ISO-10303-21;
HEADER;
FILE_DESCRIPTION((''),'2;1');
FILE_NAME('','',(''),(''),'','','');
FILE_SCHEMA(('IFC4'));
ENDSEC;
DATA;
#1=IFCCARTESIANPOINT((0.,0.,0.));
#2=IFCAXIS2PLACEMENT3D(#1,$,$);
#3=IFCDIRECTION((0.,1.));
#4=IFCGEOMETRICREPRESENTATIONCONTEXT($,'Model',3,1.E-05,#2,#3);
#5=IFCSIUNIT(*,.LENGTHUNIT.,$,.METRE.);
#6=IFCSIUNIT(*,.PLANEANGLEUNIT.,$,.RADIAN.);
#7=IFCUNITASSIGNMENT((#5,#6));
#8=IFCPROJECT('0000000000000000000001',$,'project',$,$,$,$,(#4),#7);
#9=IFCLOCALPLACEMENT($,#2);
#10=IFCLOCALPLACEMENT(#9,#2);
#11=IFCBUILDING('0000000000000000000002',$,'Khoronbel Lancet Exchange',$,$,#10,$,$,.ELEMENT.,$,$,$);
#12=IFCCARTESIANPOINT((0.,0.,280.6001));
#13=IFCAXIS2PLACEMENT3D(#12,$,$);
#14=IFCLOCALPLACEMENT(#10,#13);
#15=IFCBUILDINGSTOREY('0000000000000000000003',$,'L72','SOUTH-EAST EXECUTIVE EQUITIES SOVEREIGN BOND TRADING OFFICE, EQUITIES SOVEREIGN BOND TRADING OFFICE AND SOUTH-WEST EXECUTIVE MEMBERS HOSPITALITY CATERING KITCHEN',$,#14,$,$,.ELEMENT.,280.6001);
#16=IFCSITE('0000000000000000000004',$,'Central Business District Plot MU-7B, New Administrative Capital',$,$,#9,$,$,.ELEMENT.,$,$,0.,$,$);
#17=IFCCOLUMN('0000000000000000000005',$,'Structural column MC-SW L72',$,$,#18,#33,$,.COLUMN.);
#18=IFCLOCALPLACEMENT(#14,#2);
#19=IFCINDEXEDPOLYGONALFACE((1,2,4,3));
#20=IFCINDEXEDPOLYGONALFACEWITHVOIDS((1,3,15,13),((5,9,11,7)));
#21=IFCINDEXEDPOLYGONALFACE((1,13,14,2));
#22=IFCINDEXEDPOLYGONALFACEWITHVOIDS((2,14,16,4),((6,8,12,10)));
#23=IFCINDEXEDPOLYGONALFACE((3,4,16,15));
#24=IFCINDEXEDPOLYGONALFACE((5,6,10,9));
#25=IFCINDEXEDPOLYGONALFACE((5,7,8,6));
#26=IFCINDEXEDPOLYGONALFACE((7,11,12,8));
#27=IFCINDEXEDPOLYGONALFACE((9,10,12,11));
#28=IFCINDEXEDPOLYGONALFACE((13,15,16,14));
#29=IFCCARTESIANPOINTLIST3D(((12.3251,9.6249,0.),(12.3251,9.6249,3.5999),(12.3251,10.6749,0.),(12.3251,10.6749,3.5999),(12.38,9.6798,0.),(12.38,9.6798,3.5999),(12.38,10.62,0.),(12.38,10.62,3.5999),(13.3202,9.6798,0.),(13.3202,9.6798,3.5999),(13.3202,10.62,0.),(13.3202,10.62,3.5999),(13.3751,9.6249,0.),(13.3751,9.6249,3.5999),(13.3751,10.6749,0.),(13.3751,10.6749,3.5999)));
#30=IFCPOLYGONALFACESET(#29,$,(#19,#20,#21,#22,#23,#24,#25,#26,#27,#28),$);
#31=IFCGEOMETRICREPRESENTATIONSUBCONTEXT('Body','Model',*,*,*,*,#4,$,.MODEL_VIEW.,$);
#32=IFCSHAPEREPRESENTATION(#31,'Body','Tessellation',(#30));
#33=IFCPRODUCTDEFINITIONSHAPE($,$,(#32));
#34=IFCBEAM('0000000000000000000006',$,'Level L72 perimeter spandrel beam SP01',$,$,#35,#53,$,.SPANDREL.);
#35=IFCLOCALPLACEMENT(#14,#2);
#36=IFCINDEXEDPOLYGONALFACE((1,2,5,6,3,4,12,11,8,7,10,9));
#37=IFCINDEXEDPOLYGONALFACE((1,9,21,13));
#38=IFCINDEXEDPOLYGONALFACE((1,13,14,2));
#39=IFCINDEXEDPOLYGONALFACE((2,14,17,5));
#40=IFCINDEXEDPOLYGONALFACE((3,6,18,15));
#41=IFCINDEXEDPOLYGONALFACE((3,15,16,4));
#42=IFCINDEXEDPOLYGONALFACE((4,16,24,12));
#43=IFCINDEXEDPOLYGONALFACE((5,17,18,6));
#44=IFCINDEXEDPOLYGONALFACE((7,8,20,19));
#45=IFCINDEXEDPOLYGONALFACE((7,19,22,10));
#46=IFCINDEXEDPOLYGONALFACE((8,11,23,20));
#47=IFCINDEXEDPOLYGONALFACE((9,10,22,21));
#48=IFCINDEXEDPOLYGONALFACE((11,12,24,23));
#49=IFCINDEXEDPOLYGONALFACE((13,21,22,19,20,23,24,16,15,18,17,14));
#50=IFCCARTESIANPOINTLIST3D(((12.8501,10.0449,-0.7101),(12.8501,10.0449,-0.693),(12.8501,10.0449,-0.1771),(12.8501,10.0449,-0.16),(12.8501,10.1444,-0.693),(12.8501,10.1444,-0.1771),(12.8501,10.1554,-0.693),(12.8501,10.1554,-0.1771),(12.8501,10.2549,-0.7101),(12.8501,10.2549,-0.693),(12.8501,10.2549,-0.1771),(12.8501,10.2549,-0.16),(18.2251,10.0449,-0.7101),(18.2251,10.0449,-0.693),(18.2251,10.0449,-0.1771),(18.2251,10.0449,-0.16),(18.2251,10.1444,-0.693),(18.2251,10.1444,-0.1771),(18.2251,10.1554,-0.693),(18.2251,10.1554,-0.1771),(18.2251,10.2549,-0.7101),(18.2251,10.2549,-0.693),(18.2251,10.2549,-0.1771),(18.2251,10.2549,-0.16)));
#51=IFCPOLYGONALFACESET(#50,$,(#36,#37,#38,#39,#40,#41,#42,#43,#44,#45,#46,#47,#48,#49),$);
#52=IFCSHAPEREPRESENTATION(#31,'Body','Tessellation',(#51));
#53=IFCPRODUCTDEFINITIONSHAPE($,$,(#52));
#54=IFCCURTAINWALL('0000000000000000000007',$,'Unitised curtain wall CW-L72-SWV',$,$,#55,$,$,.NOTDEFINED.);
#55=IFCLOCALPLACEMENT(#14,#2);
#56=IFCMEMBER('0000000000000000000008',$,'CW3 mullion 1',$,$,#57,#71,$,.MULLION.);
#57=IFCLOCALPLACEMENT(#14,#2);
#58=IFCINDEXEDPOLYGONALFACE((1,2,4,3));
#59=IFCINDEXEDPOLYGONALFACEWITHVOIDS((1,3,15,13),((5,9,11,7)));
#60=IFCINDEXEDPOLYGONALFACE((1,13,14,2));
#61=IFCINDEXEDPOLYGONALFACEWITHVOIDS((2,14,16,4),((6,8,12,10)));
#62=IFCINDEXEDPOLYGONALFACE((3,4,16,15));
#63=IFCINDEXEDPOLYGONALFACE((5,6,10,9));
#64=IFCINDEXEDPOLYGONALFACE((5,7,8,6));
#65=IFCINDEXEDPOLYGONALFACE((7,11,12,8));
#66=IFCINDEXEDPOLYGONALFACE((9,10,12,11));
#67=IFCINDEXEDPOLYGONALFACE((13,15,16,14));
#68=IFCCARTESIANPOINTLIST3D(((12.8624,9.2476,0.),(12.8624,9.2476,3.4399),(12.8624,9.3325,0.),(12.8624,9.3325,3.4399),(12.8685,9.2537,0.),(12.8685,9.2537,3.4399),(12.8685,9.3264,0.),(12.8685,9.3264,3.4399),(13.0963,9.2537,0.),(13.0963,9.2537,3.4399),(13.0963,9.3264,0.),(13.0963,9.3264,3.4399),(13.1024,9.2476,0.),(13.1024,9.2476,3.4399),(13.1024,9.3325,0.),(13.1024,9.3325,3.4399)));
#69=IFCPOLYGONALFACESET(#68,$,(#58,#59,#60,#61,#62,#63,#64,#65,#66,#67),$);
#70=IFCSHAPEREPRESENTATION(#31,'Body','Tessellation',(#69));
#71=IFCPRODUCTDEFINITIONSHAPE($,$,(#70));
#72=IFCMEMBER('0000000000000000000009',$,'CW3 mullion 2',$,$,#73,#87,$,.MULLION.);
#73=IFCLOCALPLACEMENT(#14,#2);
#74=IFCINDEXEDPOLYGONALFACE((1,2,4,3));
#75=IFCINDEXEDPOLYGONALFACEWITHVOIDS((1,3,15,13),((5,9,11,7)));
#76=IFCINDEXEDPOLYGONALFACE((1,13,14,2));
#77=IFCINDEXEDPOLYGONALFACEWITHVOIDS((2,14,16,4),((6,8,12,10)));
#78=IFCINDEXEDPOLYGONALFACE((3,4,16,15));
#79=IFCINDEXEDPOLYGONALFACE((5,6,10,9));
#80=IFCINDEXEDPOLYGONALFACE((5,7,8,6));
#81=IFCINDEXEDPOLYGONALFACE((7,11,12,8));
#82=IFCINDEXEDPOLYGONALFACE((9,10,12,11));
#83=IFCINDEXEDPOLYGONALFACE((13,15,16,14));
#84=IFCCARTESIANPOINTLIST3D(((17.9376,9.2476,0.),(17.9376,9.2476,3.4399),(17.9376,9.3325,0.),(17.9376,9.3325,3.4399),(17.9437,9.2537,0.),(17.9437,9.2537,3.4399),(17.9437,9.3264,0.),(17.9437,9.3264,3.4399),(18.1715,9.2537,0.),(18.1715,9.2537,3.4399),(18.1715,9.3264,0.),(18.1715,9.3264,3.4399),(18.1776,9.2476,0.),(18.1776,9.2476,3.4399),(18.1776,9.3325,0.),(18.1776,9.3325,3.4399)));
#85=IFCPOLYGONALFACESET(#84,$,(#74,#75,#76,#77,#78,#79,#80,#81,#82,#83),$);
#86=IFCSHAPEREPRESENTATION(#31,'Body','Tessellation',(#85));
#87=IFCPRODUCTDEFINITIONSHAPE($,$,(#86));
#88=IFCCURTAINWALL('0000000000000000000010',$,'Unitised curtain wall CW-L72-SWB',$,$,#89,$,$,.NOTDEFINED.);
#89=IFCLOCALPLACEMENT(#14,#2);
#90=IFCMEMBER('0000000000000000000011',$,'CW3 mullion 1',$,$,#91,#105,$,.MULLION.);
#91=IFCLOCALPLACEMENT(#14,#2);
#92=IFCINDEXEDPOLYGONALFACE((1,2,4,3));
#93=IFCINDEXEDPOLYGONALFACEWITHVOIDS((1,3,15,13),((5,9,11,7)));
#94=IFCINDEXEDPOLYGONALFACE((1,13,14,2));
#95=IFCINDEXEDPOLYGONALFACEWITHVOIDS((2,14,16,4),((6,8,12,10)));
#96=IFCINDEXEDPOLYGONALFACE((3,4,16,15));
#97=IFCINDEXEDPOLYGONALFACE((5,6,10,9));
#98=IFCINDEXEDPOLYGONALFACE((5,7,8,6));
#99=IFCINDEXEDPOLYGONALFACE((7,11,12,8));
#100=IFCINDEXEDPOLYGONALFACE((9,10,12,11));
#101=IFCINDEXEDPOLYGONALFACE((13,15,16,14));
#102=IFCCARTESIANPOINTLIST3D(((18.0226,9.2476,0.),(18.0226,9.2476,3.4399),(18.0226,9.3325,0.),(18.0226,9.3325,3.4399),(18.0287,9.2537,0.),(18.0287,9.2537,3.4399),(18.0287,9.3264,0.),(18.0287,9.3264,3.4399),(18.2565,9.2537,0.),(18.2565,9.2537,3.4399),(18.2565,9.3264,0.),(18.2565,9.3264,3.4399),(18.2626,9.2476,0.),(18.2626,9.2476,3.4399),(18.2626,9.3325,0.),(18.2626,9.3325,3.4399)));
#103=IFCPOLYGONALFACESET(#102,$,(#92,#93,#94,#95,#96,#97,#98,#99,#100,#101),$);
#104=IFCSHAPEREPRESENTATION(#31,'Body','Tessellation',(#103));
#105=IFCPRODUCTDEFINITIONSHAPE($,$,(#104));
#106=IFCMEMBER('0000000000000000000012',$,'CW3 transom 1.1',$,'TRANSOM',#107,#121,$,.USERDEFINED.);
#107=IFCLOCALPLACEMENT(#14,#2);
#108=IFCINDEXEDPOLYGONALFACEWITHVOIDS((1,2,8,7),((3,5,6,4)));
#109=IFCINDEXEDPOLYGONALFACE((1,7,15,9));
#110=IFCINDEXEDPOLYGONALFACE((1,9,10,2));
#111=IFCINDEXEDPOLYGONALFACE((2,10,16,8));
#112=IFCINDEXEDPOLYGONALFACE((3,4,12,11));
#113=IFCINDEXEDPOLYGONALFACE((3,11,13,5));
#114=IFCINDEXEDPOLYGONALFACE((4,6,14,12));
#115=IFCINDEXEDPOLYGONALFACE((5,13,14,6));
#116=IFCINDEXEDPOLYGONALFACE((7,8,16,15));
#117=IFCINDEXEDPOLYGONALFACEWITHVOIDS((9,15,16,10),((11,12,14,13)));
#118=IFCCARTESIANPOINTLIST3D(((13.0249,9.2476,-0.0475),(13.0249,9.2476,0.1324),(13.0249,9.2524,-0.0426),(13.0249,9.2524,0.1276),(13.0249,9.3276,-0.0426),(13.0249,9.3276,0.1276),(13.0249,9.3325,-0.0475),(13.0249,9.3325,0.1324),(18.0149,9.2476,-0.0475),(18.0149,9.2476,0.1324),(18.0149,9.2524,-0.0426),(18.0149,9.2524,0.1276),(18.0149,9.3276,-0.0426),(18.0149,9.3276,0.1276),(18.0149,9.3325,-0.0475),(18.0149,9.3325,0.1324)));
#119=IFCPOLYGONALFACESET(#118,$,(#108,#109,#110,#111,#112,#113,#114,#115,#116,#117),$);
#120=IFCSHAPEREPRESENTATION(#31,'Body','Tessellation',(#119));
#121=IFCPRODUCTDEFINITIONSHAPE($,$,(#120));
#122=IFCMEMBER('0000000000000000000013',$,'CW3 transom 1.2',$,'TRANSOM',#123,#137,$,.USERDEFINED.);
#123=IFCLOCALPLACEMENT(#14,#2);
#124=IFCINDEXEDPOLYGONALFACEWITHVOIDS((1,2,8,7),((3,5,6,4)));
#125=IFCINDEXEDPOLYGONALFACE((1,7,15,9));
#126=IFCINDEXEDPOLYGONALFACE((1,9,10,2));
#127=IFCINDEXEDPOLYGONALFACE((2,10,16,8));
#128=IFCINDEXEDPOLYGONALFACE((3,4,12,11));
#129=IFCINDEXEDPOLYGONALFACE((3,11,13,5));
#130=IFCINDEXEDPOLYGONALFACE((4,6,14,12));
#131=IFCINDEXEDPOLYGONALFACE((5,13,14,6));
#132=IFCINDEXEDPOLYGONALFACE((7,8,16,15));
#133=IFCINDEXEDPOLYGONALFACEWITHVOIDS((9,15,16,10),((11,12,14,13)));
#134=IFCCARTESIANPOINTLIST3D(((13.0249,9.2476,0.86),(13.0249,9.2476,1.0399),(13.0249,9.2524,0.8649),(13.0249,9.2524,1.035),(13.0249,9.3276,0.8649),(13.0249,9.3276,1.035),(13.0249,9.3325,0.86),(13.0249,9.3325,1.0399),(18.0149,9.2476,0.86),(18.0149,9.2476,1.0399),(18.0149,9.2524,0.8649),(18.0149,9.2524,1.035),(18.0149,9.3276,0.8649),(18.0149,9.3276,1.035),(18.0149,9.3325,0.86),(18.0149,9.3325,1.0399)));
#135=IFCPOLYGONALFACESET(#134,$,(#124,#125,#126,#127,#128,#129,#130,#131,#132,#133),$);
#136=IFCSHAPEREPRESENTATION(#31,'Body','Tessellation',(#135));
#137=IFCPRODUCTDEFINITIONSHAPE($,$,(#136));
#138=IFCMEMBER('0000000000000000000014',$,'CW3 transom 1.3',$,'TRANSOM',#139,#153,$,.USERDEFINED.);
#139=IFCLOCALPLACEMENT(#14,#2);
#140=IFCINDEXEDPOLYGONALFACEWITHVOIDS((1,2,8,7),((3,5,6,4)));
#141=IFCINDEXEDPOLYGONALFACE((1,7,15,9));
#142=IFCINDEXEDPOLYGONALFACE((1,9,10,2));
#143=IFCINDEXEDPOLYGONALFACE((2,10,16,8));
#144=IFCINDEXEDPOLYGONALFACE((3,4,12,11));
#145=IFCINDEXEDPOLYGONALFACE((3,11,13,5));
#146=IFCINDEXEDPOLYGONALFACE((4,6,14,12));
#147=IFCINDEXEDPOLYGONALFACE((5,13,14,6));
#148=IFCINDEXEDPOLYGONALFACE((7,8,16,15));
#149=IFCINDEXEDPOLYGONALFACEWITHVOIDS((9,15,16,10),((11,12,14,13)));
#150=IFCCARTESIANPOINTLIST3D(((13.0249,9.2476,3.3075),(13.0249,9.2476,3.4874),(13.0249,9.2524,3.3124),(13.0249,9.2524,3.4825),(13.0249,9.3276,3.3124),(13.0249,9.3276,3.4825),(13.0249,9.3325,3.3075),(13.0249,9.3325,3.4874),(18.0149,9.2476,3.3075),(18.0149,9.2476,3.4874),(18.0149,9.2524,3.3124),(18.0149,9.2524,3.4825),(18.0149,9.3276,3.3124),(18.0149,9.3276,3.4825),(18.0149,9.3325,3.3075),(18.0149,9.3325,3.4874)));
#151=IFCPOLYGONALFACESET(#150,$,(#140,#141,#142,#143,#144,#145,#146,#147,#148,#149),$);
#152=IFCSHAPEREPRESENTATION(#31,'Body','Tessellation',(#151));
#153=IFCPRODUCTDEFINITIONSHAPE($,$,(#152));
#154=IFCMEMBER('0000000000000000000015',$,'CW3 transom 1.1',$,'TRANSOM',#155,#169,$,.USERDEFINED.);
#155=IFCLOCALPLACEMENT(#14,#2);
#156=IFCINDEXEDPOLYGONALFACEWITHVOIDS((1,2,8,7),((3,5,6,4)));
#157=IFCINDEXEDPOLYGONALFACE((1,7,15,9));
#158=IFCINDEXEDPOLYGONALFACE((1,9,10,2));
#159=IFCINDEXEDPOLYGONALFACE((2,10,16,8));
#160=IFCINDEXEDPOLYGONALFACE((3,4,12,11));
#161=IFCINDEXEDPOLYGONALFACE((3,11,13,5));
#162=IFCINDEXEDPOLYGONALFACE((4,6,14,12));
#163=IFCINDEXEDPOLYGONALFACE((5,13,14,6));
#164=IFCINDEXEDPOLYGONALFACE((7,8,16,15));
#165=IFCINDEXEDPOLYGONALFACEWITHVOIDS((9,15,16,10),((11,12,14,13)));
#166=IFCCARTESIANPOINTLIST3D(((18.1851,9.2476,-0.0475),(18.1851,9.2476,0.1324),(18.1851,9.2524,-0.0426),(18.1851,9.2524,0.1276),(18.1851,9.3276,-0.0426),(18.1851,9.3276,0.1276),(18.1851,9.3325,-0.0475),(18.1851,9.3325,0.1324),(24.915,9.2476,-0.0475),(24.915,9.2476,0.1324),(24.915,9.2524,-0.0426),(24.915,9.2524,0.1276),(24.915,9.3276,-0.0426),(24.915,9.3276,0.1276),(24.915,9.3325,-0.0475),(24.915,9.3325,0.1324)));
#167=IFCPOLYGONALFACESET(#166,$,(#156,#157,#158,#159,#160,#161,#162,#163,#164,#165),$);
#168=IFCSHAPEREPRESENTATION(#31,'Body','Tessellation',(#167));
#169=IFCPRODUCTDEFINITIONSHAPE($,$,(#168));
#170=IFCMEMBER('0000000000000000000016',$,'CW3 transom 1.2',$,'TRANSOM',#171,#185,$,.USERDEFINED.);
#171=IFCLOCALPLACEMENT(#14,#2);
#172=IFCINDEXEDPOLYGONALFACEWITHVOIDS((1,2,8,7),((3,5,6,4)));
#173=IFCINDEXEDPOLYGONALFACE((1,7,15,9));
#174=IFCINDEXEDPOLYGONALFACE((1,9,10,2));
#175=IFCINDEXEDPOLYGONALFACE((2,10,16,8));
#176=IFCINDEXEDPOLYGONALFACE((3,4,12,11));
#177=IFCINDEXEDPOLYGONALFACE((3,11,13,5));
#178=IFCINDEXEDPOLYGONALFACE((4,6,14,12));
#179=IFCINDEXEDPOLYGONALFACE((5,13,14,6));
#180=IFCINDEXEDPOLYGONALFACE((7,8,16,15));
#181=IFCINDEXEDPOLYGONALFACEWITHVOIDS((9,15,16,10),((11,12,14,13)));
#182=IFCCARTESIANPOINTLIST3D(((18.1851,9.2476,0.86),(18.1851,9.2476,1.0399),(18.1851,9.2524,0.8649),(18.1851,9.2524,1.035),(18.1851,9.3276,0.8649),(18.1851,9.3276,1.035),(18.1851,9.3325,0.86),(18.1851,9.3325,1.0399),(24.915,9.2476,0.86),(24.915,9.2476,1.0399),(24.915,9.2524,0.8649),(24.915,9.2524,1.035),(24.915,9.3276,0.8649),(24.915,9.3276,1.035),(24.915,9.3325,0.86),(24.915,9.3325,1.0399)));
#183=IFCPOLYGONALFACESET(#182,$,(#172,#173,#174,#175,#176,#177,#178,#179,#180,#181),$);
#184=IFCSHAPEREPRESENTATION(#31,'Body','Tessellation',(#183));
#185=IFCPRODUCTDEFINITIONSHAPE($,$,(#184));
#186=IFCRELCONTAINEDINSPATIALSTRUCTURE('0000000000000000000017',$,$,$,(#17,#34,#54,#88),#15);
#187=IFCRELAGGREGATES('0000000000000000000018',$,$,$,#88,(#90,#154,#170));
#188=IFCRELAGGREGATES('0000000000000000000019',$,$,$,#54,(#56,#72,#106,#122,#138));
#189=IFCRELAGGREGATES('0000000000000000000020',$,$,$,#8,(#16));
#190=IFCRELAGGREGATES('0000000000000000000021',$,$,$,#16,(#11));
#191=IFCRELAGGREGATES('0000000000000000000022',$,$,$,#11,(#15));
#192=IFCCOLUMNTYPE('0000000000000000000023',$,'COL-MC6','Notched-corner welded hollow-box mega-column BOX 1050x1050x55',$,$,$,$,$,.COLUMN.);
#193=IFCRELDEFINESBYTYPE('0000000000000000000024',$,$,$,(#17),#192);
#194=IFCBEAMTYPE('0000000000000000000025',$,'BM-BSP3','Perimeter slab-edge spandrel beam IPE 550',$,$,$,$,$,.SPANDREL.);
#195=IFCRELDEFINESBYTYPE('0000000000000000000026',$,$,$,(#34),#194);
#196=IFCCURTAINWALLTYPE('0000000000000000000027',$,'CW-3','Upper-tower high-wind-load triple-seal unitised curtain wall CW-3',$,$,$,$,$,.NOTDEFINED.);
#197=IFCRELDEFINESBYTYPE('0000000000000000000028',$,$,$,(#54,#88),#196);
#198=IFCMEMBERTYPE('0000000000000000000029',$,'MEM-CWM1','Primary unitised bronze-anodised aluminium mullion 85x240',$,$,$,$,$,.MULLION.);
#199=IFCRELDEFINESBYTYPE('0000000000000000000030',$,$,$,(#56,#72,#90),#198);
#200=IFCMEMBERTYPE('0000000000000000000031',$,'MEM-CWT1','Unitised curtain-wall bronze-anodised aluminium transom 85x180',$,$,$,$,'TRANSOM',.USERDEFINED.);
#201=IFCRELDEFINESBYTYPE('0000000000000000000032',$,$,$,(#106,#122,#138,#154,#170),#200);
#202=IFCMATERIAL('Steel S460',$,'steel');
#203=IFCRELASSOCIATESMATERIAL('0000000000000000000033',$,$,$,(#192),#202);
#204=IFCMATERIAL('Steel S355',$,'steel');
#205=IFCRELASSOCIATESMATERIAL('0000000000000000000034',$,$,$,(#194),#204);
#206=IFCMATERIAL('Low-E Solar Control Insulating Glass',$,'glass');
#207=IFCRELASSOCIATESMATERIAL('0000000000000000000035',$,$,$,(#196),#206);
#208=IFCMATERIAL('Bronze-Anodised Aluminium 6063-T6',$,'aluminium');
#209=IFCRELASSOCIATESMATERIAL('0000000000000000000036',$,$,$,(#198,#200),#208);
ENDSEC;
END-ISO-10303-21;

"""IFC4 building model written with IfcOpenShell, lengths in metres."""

from ifc_helpers import new_model, si_unit, direction, frame, origin, origin_2d, place, context, subcontext, project, spatial, hollow_rectangle, i_section, extrude, material, material_profile, profile_set, type_object, element, aggregate, save


model = new_model("IFC4")

# Units and contexts
model_context = context("Model", 3, precision=1e-05, world=origin(), true_north=direction((0.0, 1.0)))
body_context = subcontext(model_context, "Body", "Model", "MODEL_VIEW")
ifc_project = project(units=[si_unit("LENGTHUNIT", "METRE"), si_unit("PLANEANGLEUNIT", "RADIAN")], contexts=[model_context])

# Site, building, storey
site_placement = place(None, origin())
site = spatial("IfcSite", under=ifc_project, at=site_placement, Name="Central Business District Plot MU-7B, New Administrative Capital", CompositionType="ELEMENT", RefElevation=0.0)
building_placement = place(site_placement, origin())
building = spatial("IfcBuilding", under=site, at=building_placement, Name="Khoronbel Lancet Exchange", CompositionType="ELEMENT")
storey_placement = place(building_placement, frame((0.0, 0.0, 280.6001)))
storey = spatial("IfcBuildingStorey", under=building, at=storey_placement, Name="L72", Description="SOUTH-EAST EXECUTIVE EQUITIES SOVEREIGN BOND TRADING OFFICE, EQUITIES SOVEREIGN BOND TRADING OFFICE AND SOUTH-WEST EXECUTIVE MEMBERS HOSPITALITY CATERING KITCHEN", CompositionType="ELEMENT", Elevation=280.6001)

# Column
ifc_material_1 = material(Name="Steel S460", Category="steel")
ifc_material_profile_1 = material_profile(ifc_material_1, hollow_rectangle(XDim=1.05, YDim=1.05, WallThickness=0.0549, at=origin_2d()), Name="BOX 1050x1050x55")
ifc_profile_set_1 = profile_set([ifc_material_profile_1], Name="Steel S460")
column_type = type_object("IfcColumnType", Name="COL-MC6", Description="Notched-corner welded hollow-box mega-column BOX 1050x1050x55", PredefinedType="COLUMN", material=ifc_profile_set_1)
column_placement = place(storey_placement, frame((12.8501, 10.1499, 0.0), z_axis=(0.0, 0.0, 1.0), x_axis=(1.0, 0.0, 0.0)))
element("IfcColumn", 1, at=column_placement, inside=storey, type_object=column_type, Name="Structural column MC-SW L72", PredefinedType="COLUMN", context=body_context, shape_type="SweptSolid", body=[
    extrude(hollow_rectangle(XDim=1.05, YDim=1.05, WallThickness=0.0549, at=origin_2d()), origin(), (0.0, 0.0, 1.0), 3.5999),
])

# Beam
ifc_material_2 = material(Name="Steel S355", Category="steel")
ifc_material_profile_2 = material_profile(ifc_material_2, i_section(OverallWidth=0.21, OverallDepth=0.55, WebThickness=0.011, FlangeThickness=0.0171, at=origin_2d()), Name="IPE 550")
ifc_profile_set_2 = profile_set([ifc_material_profile_2], Name="Steel S355")
beam_type = type_object("IfcBeamType", Name="BM-BSP3", Description="Perimeter slab-edge spandrel beam IPE 550", PredefinedType="SPANDREL", material=ifc_profile_set_2)
beam_placement = place(storey_placement, frame((12.8501, 10.1499, -0.4351), z_axis=(1.0, 0.0, 0.0), x_axis=(0.0, 1.0, 0.0)))
element("IfcBeam", 2, at=beam_placement, inside=storey, type_object=beam_type, Name="Level L72 perimeter spandrel beam SP01", PredefinedType="SPANDREL", context=body_context, shape_type="SweptSolid", body=[
    extrude(i_section(OverallWidth=0.21, OverallDepth=0.55, WebThickness=0.011, FlangeThickness=0.0171, at=origin_2d()), origin(), (0.0, 0.0, 1.0), 5.375),
])

# Curtain wall, members
ifc_material_3 = material(Name="Low-E Solar Control Insulating Glass", Category="glass")
curtain_wall_type = type_object("IfcCurtainWallType", Name="CW-3", Description="Upper-tower high-wind-load triple-seal unitised curtain wall CW-3", PredefinedType="NOTDEFINED", material=ifc_material_3)
curtain_wall_1_placement = place(storey_placement, origin())
curtain_wall_1 = element("IfcCurtainWall", 3, at=curtain_wall_1_placement, inside=storey, type_object=curtain_wall_type, Name="Unitised curtain wall CW-L72-SWV", PredefinedType="NOTDEFINED")
ifc_material_4 = material(Name="Bronze-Anodised Aluminium 6063-T6", Category="aluminium")
ifc_material_profile_3 = material_profile(ifc_material_4, hollow_rectangle(XDim=0.085, YDim=0.24, WallThickness=0.0061, at=origin_2d()), Name="ALU MULLION 85x240")
ifc_profile_set_3 = profile_set([ifc_material_profile_3], Name="Bronze-Anodised Aluminium 6063-T6")
member_type_1 = type_object("IfcMemberType", Name="MEM-CWM1", Description="Primary unitised bronze-anodised aluminium mullion 85x240", PredefinedType="MULLION", material=ifc_profile_set_3)
member_1_placement = place(storey_placement, frame((12.9824, 9.29, 0.0), z_axis=(0.0, 0.0, 1.0), x_axis=(0.0, 1.0, 0.0)))
member_1 = element("IfcMember", 4, at=member_1_placement, type_object=member_type_1, Name="CW3 mullion 1", PredefinedType="MULLION", context=body_context, shape_type="SweptSolid", body=[
    extrude(hollow_rectangle(XDim=0.085, YDim=0.24, WallThickness=0.0061, at=origin_2d()), origin(), (0.0, 0.0, 1.0), 3.4399),
])
member_2_placement = place(storey_placement, frame((18.0576, 9.29, 0.0), z_axis=(0.0, 0.0, 1.0), x_axis=(0.0, 1.0, 0.0)))
member_2 = element("IfcMember", 5, at=member_2_placement, type_object=member_type_1, Name="CW3 mullion 2", PredefinedType="MULLION", context=body_context, shape_type="SweptSolid", body=[
    extrude(hollow_rectangle(XDim=0.085, YDim=0.24, WallThickness=0.0061, at=origin_2d()), origin(), (0.0, 0.0, 1.0), 3.4399),
])

# Curtain wall, member
curtain_wall_2_placement = place(storey_placement, origin())
curtain_wall_2 = element("IfcCurtainWall", 6, at=curtain_wall_2_placement, inside=storey, type_object=curtain_wall_type, Name="Unitised curtain wall CW-L72-SWB", PredefinedType="NOTDEFINED")
member_3_placement = place(storey_placement, frame((18.1426, 9.29, 0.0), z_axis=(0.0, 0.0, 1.0), x_axis=(0.0, 1.0, 0.0)))
member_3 = element("IfcMember", 7, at=member_3_placement, type_object=member_type_1, Name="CW3 mullion 1", PredefinedType="MULLION", context=body_context, shape_type="SweptSolid", body=[
    extrude(hollow_rectangle(XDim=0.085, YDim=0.24, WallThickness=0.0061, at=origin_2d()), origin(), (0.0, 0.0, 1.0), 3.4399),
])

# Members
ifc_material_profile_4 = material_profile(ifc_material_4, hollow_rectangle(XDim=0.085, YDim=0.1799, WallThickness=0.0049, at=origin_2d()), Name="ALU TRANSOM 85x180")
ifc_profile_set_4 = profile_set([ifc_material_profile_4], Name="Bronze-Anodised Aluminium 6063-T6")
member_type_2 = type_object("IfcMemberType", Name="MEM-CWT1", Description="Unitised curtain-wall bronze-anodised aluminium transom 85x180", ElementType="TRANSOM", PredefinedType="USERDEFINED", material=ifc_profile_set_4)
member_4_placement = place(storey_placement, frame((13.0249, 9.29, 0.0425), z_axis=(1.0, 0.0, 0.0), x_axis=(0.0, 1.0, 0.0)))
member_4 = element("IfcMember", 8, at=member_4_placement, type_object=member_type_2, Name="CW3 transom 1.1", ObjectType="TRANSOM", PredefinedType="USERDEFINED", context=body_context, shape_type="SweptSolid", body=[
    extrude(hollow_rectangle(XDim=0.085, YDim=0.1799, WallThickness=0.0049, at=origin_2d()), origin(), (0.0, 0.0, 1.0), 4.99),
])
member_5_placement = place(storey_placement, frame((13.0249, 9.29, 0.95), z_axis=(1.0, 0.0, 0.0), x_axis=(0.0, 1.0, 0.0)))
member_5 = element("IfcMember", 9, at=member_5_placement, type_object=member_type_2, Name="CW3 transom 1.2", ObjectType="TRANSOM", PredefinedType="USERDEFINED", context=body_context, shape_type="SweptSolid", body=[
    extrude(hollow_rectangle(XDim=0.085, YDim=0.1799, WallThickness=0.0049, at=origin_2d()), origin(), (0.0, 0.0, 1.0), 4.99),
])
member_6_placement = place(storey_placement, frame((13.0249, 9.29, 3.3975), z_axis=(1.0, 0.0, 0.0), x_axis=(0.0, 1.0, 0.0)))
member_6 = element("IfcMember", 10, at=member_6_placement, type_object=member_type_2, Name="CW3 transom 1.3", ObjectType="TRANSOM", PredefinedType="USERDEFINED", context=body_context, shape_type="SweptSolid", body=[
    extrude(hollow_rectangle(XDim=0.085, YDim=0.1799, WallThickness=0.0049, at=origin_2d()), origin(), (0.0, 0.0, 1.0), 4.99),
])
member_7_placement = place(storey_placement, frame((18.1851, 9.29, 0.0425), z_axis=(1.0, 0.0, 0.0), x_axis=(0.0, 1.0, 0.0)))
member_7 = element("IfcMember", 11, at=member_7_placement, type_object=member_type_2, Name="CW3 transom 1.1", ObjectType="TRANSOM", PredefinedType="USERDEFINED", context=body_context, shape_type="SweptSolid", body=[
    extrude(hollow_rectangle(XDim=0.085, YDim=0.1799, WallThickness=0.0049, at=origin_2d()), origin(), (0.0, 0.0, 1.0), 6.73),
])
member_8_placement = place(storey_placement, frame((18.1851, 9.29, 0.95), z_axis=(1.0, 0.0, 0.0), x_axis=(0.0, 1.0, 0.0)))
member_8 = element("IfcMember", 12, at=member_8_placement, type_object=member_type_2, Name="CW3 transom 1.2", ObjectType="TRANSOM", PredefinedType="USERDEFINED", context=body_context, shape_type="SweptSolid", body=[
    extrude(hollow_rectangle(XDim=0.085, YDim=0.1799, WallThickness=0.0049, at=origin_2d()), origin(), (0.0, 0.0, 1.0), 6.73),
])
aggregate(curtain_wall_2, [member_3, member_7, member_8])

aggregate(curtain_wall_1, [member_1, member_2, member_4, member_5, member_6])

save(model, "model.ifc")
